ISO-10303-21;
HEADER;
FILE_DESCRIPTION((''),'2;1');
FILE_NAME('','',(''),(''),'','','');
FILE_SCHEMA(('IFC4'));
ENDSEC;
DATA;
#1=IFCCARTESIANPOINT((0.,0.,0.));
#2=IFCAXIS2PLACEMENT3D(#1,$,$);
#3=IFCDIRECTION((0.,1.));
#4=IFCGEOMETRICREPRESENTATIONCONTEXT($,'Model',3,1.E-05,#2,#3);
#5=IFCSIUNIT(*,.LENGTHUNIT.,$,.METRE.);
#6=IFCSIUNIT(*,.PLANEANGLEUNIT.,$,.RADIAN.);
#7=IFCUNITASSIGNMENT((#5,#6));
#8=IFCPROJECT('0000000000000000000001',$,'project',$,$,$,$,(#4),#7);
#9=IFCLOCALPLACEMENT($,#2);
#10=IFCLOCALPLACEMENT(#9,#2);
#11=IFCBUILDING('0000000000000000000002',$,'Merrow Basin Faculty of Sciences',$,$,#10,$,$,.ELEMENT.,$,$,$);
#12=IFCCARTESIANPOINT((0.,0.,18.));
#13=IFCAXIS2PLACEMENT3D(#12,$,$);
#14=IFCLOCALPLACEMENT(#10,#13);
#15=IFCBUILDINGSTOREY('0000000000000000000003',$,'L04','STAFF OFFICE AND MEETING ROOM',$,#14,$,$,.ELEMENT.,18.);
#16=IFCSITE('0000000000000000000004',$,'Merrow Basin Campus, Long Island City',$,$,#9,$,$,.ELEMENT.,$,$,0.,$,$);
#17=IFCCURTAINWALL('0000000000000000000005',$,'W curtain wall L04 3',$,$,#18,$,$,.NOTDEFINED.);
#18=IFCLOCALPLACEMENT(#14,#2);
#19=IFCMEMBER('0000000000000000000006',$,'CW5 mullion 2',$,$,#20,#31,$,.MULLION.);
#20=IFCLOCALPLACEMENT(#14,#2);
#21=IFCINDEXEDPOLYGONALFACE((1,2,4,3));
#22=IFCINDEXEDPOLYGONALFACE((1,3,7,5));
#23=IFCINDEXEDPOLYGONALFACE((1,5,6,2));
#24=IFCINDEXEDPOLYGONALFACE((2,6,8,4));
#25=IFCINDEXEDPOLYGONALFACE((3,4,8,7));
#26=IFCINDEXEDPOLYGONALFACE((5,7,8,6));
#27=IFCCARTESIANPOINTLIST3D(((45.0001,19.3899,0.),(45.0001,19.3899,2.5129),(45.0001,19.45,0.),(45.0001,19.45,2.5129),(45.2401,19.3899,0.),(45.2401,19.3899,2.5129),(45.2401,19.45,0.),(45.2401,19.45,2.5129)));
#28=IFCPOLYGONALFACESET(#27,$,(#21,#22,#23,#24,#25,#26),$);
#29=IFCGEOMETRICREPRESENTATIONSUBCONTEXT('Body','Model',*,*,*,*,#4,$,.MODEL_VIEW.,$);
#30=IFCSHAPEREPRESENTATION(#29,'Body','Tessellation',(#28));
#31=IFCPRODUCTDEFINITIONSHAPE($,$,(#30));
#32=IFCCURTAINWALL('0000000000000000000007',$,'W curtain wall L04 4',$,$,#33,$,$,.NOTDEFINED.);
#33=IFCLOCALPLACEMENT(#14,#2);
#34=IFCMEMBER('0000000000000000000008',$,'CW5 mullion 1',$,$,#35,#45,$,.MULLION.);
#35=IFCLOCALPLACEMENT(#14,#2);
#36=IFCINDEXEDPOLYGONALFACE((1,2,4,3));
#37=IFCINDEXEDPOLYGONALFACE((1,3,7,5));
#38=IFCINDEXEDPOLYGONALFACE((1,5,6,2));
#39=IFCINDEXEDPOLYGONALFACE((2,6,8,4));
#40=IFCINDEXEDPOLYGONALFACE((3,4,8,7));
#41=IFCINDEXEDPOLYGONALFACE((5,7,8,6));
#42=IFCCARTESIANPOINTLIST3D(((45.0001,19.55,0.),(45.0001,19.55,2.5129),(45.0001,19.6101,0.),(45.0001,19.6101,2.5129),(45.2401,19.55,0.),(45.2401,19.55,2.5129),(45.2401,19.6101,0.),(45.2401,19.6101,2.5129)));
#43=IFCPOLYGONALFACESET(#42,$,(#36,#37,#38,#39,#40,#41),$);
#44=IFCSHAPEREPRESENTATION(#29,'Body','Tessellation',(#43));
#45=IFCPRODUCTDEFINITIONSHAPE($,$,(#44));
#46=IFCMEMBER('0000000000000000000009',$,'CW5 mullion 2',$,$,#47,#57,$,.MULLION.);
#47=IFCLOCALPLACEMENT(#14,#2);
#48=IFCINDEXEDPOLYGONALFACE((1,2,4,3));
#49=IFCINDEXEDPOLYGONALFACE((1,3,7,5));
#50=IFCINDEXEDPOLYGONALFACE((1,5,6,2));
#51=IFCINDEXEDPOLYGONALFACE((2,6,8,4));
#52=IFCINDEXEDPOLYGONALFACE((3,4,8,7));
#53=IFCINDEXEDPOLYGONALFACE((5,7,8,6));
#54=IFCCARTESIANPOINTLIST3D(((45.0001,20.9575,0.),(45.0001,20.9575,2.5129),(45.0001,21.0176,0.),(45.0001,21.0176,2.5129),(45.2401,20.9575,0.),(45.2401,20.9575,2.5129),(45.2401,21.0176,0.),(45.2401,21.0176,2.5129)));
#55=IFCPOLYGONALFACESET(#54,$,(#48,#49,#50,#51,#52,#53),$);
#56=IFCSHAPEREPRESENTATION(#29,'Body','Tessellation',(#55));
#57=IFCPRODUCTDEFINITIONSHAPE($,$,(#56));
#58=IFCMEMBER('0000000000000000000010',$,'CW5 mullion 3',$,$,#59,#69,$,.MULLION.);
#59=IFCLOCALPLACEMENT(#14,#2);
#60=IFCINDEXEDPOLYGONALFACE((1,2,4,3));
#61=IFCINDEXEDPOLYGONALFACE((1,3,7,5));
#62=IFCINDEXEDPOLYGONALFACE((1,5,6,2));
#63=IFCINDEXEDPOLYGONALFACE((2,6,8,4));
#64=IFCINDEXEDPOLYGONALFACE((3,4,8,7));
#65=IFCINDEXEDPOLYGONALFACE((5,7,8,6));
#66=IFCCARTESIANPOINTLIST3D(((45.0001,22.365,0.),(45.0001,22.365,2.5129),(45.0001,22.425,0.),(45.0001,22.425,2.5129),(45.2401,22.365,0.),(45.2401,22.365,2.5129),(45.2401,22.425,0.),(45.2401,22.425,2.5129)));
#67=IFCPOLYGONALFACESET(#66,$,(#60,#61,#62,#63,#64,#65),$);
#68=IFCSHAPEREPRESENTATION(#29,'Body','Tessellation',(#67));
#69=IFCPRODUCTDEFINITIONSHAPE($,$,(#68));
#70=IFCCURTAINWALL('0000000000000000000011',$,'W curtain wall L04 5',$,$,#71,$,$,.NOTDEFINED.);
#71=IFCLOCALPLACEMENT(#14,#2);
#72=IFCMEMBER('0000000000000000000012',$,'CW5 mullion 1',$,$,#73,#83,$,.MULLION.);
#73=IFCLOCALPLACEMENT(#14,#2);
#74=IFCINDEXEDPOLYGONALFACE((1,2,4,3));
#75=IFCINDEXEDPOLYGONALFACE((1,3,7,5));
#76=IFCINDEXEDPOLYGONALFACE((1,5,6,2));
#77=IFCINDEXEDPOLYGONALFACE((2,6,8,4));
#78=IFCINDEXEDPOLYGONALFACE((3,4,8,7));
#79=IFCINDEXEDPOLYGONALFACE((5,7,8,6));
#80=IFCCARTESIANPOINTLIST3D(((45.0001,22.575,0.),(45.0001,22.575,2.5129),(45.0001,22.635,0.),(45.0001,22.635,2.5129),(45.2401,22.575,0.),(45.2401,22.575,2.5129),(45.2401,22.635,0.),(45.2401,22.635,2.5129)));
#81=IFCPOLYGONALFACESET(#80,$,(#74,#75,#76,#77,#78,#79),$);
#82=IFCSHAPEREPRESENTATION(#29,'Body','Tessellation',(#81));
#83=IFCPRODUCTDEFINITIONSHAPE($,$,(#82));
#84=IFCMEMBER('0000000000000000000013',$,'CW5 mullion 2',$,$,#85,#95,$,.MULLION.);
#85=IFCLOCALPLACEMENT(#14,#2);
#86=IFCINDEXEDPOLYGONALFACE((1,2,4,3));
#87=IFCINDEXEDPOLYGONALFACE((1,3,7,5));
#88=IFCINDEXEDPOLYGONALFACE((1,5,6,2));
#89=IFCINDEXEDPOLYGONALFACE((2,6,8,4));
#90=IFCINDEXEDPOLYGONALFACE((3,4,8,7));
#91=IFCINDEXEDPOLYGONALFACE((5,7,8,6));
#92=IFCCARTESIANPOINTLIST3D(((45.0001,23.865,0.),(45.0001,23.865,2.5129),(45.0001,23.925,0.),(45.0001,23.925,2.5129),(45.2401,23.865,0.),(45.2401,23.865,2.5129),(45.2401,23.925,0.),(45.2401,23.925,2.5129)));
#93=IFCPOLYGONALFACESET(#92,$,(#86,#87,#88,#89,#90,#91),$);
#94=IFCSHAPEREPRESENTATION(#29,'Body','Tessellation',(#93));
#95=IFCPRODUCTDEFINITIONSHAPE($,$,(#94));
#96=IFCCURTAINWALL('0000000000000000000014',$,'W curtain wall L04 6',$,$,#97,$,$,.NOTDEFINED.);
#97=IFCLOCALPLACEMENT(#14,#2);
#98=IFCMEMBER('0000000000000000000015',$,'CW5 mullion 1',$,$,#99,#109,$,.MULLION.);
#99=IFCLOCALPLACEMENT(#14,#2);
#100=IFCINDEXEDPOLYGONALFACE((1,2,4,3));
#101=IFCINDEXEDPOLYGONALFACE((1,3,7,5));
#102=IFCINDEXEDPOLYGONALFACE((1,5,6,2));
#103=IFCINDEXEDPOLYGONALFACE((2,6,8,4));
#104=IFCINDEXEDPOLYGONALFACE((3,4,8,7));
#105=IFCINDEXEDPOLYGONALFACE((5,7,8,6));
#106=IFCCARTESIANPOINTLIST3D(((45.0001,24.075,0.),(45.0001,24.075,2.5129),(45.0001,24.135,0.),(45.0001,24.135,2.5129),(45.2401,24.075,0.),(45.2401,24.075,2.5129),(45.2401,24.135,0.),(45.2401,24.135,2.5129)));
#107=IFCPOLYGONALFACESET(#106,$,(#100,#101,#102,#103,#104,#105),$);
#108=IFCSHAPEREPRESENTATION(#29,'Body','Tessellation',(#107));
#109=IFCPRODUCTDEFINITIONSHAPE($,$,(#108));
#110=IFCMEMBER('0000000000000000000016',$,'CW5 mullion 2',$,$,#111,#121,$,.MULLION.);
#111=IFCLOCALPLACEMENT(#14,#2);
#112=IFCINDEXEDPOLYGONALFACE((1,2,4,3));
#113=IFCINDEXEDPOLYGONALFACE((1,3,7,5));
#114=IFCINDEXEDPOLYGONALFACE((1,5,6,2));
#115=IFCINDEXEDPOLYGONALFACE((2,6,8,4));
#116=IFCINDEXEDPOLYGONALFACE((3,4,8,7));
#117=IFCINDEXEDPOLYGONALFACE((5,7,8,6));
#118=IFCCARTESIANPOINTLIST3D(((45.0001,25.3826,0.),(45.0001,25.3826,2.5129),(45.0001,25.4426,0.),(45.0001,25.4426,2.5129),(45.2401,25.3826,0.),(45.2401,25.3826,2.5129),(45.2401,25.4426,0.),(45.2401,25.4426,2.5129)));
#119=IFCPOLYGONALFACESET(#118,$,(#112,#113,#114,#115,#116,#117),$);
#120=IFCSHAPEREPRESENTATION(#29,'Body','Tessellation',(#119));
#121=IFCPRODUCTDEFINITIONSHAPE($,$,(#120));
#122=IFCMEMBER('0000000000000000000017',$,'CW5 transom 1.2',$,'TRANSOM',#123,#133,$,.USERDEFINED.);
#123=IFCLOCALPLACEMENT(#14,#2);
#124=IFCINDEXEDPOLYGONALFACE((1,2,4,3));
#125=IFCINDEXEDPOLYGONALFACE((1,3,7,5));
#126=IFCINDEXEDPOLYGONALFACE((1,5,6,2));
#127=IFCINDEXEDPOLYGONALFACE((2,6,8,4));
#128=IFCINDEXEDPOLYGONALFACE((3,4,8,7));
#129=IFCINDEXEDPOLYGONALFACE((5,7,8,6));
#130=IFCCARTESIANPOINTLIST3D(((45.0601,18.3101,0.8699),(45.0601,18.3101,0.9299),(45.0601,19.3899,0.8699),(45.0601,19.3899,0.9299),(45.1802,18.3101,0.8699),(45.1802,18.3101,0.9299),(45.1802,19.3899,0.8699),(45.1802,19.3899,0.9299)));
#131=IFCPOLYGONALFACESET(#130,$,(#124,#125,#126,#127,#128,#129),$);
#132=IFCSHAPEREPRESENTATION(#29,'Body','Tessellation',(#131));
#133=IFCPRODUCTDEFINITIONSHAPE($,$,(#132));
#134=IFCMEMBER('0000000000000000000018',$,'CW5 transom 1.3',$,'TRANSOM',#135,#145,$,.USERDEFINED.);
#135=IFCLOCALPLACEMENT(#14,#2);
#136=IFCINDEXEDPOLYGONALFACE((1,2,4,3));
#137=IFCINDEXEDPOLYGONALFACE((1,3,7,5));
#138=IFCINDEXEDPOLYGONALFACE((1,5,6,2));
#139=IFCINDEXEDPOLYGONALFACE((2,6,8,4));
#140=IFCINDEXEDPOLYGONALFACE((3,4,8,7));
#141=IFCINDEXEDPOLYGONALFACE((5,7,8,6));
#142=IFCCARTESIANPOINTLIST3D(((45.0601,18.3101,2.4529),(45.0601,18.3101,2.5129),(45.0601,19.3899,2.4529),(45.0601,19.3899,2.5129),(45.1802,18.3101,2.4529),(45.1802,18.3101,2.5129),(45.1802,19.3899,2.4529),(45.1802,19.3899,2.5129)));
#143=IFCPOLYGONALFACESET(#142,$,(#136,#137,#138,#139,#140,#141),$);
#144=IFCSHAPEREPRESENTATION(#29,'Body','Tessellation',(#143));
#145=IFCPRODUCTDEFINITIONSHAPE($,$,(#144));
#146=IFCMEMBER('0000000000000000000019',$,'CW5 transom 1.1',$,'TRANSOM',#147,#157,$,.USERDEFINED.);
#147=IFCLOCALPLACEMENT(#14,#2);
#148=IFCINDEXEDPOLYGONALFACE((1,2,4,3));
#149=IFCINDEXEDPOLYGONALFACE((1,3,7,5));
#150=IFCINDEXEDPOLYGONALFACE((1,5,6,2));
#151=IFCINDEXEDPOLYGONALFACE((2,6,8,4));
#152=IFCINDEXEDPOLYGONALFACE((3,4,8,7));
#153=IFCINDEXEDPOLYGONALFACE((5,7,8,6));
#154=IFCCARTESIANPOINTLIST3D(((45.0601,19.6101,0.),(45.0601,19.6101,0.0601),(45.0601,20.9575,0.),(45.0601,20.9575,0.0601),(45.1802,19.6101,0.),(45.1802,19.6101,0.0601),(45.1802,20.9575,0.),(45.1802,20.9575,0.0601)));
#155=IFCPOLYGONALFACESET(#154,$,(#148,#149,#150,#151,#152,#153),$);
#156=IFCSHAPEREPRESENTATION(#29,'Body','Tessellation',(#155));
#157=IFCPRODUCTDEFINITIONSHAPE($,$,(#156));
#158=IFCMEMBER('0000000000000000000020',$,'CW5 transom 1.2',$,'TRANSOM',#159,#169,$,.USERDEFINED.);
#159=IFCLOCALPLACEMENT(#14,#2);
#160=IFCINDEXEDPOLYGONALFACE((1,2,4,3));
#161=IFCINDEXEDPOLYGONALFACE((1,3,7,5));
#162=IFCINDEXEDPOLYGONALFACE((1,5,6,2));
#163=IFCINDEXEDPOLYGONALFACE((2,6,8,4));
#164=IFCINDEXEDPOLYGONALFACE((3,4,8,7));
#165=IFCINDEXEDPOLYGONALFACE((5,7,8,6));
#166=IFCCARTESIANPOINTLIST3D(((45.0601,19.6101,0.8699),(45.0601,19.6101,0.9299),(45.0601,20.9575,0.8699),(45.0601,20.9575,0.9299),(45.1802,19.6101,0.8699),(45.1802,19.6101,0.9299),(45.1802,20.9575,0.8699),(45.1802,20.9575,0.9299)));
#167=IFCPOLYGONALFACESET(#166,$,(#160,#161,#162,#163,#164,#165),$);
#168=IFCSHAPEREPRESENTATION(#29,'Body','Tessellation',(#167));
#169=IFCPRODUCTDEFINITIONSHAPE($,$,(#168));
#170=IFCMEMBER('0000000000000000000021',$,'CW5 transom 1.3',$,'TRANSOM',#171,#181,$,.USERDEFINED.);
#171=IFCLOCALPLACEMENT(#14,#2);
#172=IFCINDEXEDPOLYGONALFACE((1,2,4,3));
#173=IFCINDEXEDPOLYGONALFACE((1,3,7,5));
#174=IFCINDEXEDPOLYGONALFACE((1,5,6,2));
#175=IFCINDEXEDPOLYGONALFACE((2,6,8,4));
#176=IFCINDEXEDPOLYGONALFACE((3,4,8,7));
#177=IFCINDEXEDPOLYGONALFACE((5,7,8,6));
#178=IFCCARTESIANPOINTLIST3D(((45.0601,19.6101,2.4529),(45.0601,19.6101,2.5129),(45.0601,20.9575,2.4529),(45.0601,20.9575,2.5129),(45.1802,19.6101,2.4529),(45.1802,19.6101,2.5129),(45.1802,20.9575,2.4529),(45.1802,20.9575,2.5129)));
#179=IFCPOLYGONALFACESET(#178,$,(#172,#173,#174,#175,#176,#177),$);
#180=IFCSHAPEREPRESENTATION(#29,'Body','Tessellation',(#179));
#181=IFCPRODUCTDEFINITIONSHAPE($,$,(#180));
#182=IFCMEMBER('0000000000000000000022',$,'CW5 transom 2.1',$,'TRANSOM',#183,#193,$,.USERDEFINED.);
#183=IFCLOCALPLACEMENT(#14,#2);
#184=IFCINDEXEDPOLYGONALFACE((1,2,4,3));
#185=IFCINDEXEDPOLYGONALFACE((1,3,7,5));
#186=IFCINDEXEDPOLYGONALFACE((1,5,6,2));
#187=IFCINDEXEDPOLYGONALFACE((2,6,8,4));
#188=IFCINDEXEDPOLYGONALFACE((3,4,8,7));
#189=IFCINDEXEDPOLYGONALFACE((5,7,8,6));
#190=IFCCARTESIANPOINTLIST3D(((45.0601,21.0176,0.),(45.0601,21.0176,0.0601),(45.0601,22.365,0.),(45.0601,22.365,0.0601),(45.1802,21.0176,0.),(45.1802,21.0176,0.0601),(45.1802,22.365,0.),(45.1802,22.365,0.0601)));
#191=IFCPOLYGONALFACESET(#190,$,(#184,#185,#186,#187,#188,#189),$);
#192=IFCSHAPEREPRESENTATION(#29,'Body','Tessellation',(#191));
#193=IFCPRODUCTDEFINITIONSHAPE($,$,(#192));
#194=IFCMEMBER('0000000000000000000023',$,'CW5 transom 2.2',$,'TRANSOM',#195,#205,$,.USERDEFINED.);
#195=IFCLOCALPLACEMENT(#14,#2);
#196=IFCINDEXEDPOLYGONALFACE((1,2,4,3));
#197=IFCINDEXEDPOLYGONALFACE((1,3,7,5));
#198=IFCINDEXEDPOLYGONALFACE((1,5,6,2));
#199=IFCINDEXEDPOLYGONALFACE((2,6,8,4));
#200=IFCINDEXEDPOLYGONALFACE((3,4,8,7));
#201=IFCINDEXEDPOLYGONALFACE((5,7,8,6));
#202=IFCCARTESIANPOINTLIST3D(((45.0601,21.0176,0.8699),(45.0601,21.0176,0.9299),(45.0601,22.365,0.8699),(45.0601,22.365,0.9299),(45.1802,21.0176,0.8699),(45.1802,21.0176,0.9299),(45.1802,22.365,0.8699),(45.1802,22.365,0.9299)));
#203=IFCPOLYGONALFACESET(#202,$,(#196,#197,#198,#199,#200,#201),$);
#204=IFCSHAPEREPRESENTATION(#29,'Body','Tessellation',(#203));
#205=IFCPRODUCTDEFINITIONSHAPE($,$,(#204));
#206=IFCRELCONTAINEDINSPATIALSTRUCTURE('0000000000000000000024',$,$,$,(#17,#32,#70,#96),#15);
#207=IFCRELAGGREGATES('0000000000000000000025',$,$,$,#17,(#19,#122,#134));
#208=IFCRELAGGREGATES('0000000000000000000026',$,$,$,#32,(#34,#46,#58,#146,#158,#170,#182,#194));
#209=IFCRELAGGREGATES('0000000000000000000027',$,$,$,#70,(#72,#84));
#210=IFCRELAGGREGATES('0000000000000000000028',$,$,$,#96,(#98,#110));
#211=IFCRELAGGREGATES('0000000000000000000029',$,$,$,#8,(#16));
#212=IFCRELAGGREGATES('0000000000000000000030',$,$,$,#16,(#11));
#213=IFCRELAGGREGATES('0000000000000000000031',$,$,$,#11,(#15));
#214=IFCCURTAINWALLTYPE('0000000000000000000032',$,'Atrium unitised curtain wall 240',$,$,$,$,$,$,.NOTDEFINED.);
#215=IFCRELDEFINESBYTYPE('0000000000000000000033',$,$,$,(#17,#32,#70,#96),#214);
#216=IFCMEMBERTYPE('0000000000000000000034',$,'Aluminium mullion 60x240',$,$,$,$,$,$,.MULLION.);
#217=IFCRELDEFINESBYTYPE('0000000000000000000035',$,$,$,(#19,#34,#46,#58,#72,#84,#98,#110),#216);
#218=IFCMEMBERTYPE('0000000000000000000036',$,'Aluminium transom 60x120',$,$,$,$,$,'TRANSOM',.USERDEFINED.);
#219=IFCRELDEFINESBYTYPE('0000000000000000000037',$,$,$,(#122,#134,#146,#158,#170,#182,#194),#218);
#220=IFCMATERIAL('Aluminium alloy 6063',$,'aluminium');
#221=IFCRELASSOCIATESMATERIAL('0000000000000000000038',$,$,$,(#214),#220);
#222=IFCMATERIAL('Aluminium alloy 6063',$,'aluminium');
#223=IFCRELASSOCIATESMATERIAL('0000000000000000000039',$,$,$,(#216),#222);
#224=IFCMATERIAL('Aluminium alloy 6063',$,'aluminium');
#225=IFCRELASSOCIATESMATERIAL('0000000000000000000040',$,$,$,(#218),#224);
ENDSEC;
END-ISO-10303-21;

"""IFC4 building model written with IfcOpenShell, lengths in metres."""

from ifc_helpers import new_model, si_unit, direction, frame, origin, origin_2d, place, context, subcontext, project, spatial, rectangle, extrude, material, material_profile, profile_set, type_object, element, aggregate, save


model = new_model("IFC4")

# Units and contexts
model_context = context("Model", 3, precision=1e-05, world=origin(), true_north=direction((0.0, 1.0)))
body_context = subcontext(model_context, "Body", "Model", "MODEL_VIEW")
ifc_project = project(units=[si_unit("LENGTHUNIT", "METRE"), si_unit("PLANEANGLEUNIT", "RADIAN")], contexts=[model_context])

# Site, building, storey
site_placement = place(None, origin())
site = spatial("IfcSite", under=ifc_project, at=site_placement, Name="Merrow Basin Campus, Long Island City", CompositionType="ELEMENT", RefElevation=0.0)
building_placement = place(site_placement, origin())
building = spatial("IfcBuilding", under=site, at=building_placement, Name="Merrow Basin Faculty of Sciences", CompositionType="ELEMENT")
storey_placement = place(building_placement, frame((0.0, 0.0, 18.0)))
storey = spatial("IfcBuildingStorey", under=building, at=storey_placement, Name="L04", Description="STAFF OFFICE AND MEETING ROOM", CompositionType="ELEMENT", Elevation=18.0)

# Curtain wall, member
ifc_material_1 = material(Name="Aluminium alloy 6063", Category="aluminium")
curtain_wall_type = type_object("IfcCurtainWallType", Name="Atrium unitised curtain wall 240", PredefinedType="NOTDEFINED", material=ifc_material_1)
curtain_wall_1_placement = place(storey_placement, origin())
curtain_wall_1 = element("IfcCurtainWall", 1, at=curtain_wall_1_placement, inside=storey, type_object=curtain_wall_type, Name="W curtain wall L04 3", PredefinedType="NOTDEFINED")
ifc_material_2 = material(Name="Aluminium alloy 6063", Category="aluminium")
ifc_material_profile_1 = material_profile(ifc_material_2, rectangle(XDim=0.24, YDim=0.0601, at=origin_2d()))
ifc_profile_set_1 = profile_set([ifc_material_profile_1], Name="Aluminium alloy 6063")
member_type_1 = type_object("IfcMemberType", Name="Aluminium mullion 60x240", PredefinedType="MULLION", material=ifc_profile_set_1)
member_1_placement = place(storey_placement, frame((45.1201, 19.4199, 0.0), z_axis=(0.0, 0.0, 1.0), x_axis=(-1.0, 0.0, 0.0)))
member_1 = element("IfcMember", 2, at=member_1_placement, type_object=member_type_1, Name="CW5 mullion 2", PredefinedType="MULLION", context=body_context, shape_type="SweptSolid", body=[
    extrude(rectangle(XDim=0.24, YDim=0.0601, at=origin_2d()), origin(), (0.0, 0.0, 1.0), 2.5129),
])

# Curtain walls, members
curtain_wall_2_placement = place(storey_placement, origin())
curtain_wall_2 = element("IfcCurtainWall", 3, at=curtain_wall_2_placement, inside=storey, type_object=curtain_wall_type, Name="W curtain wall L04 4", PredefinedType="NOTDEFINED")
member_2_placement = place(storey_placement, frame((45.1201, 19.5801, 0.0), z_axis=(0.0, 0.0, 1.0), x_axis=(-1.0, 0.0, 0.0)))
member_2 = element("IfcMember", 4, at=member_2_placement, type_object=member_type_1, Name="CW5 mullion 1", PredefinedType="MULLION", context=body_context, shape_type="SweptSolid", body=[
    extrude(rectangle(XDim=0.24, YDim=0.0601, at=origin_2d()), origin(), (0.0, 0.0, 1.0), 2.5129),
])
member_3_placement = place(storey_placement, frame((45.1201, 20.9875, 0.0), z_axis=(0.0, 0.0, 1.0), x_axis=(-1.0, 0.0, 0.0)))
member_3 = element("IfcMember", 5, at=member_3_placement, type_object=member_type_1, Name="CW5 mullion 2", PredefinedType="MULLION", context=body_context, shape_type="SweptSolid", body=[
    extrude(rectangle(XDim=0.24, YDim=0.0601, at=origin_2d()), origin(), (0.0, 0.0, 1.0), 2.5129),
])
member_4_placement = place(storey_placement, frame((45.1201, 22.395, 0.0), z_axis=(0.0, 0.0, 1.0), x_axis=(-1.0, 0.0, 0.0)))
member_4 = element("IfcMember", 6, at=member_4_placement, type_object=member_type_1, Name="CW5 mullion 3", PredefinedType="MULLION", context=body_context, shape_type="SweptSolid", body=[
    extrude(rectangle(XDim=0.24, YDim=0.0601, at=origin_2d()), origin(), (0.0, 0.0, 1.0), 2.5129),
])
curtain_wall_3_placement = place(storey_placement, origin())
curtain_wall_3 = element("IfcCurtainWall", 7, at=curtain_wall_3_placement, inside=storey, type_object=curtain_wall_type, Name="W curtain wall L04 5", PredefinedType="NOTDEFINED")
member_5_placement = place(storey_placement, frame((45.1201, 22.605, 0.0), z_axis=(0.0, 0.0, 1.0), x_axis=(-1.0, 0.0, 0.0)))
member_5 = element("IfcMember", 8, at=member_5_placement, type_object=member_type_1, Name="CW5 mullion 1", PredefinedType="MULLION", context=body_context, shape_type="SweptSolid", body=[
    extrude(rectangle(XDim=0.24, YDim=0.0601, at=origin_2d()), origin(), (0.0, 0.0, 1.0), 2.5129),
])
member_6_placement = place(storey_placement, frame((45.1201, 23.895, 0.0), z_axis=(0.0, 0.0, 1.0), x_axis=(-1.0, 0.0, 0.0)))
member_6 = element("IfcMember", 9, at=member_6_placement, type_object=member_type_1, Name="CW5 mullion 2", PredefinedType="MULLION", context=body_context, shape_type="SweptSolid", body=[
    extrude(rectangle(XDim=0.24, YDim=0.0601, at=origin_2d()), origin(), (0.0, 0.0, 1.0), 2.5129),
])
curtain_wall_4_placement = place(storey_placement, origin())
curtain_wall_4 = element("IfcCurtainWall", 10, at=curtain_wall_4_placement, inside=storey, type_object=curtain_wall_type, Name="W curtain wall L04 6", PredefinedType="NOTDEFINED")
member_7_placement = place(storey_placement, frame((45.1201, 24.105, 0.0), z_axis=(0.0, 0.0, 1.0), x_axis=(-1.0, 0.0, 0.0)))
member_7 = element("IfcMember", 11, at=member_7_placement, type_object=member_type_1, Name="CW5 mullion 1", PredefinedType="MULLION", context=body_context, shape_type="SweptSolid", body=[
    extrude(rectangle(XDim=0.24, YDim=0.0601, at=origin_2d()), origin(), (0.0, 0.0, 1.0), 2.5129),
])
member_8_placement = place(storey_placement, frame((45.1201, 25.4126, 0.0), z_axis=(0.0, 0.0, 1.0), x_axis=(-1.0, 0.0, 0.0)))
member_8 = element("IfcMember", 12, at=member_8_placement, type_object=member_type_1, Name="CW5 mullion 2", PredefinedType="MULLION", context=body_context, shape_type="SweptSolid", body=[
    extrude(rectangle(XDim=0.24, YDim=0.0601, at=origin_2d()), origin(), (0.0, 0.0, 1.0), 2.5129),
])

# Members
ifc_material_3 = material(Name="Aluminium alloy 6063", Category="aluminium")
ifc_material_profile_2 = material_profile(ifc_material_3, rectangle(XDim=0.1201, YDim=0.0601, at=origin_2d()))
ifc_profile_set_2 = profile_set([ifc_material_profile_2], Name="Aluminium alloy 6063")
member_type_2 = type_object("IfcMemberType", Name="Aluminium transom 60x120", ElementType="TRANSOM", PredefinedType="USERDEFINED", material=ifc_profile_set_2)
member_9_placement = place(storey_placement, frame((45.1201, 18.3101, 0.8999), z_axis=(0.0, 1.0, 0.0), x_axis=(-1.0, 0.0, 0.0)))
member_9 = element("IfcMember", 13, at=member_9_placement, type_object=member_type_2, Name="CW5 transom 1.2", ObjectType="TRANSOM", PredefinedType="USERDEFINED", context=body_context, shape_type="SweptSolid", body=[
    extrude(rectangle(XDim=0.1201, YDim=0.0601, at=origin_2d()), origin(), (0.0, 0.0, 1.0), 1.0798),
])
member_10_placement = place(storey_placement, frame((45.1201, 18.3101, 2.4829), z_axis=(0.0, 1.0, 0.0), x_axis=(-1.0, 0.0, 0.0)))
member_10 = element("IfcMember", 14, at=member_10_placement, type_object=member_type_2, Name="CW5 transom 1.3", ObjectType="TRANSOM", PredefinedType="USERDEFINED", context=body_context, shape_type="SweptSolid", body=[
    extrude(rectangle(XDim=0.1201, YDim=0.0601, at=origin_2d()), origin(), (0.0, 0.0, 1.0), 1.0798),
])
member_11_placement = place(storey_placement, frame((45.1201, 19.6101, 0.03), z_axis=(0.0, 1.0, 0.0), x_axis=(-1.0, 0.0, 0.0)))
member_11 = element("IfcMember", 15, at=member_11_placement, type_object=member_type_2, Name="CW5 transom 1.1", ObjectType="TRANSOM", PredefinedType="USERDEFINED", context=body_context, shape_type="SweptSolid", body=[
    extrude(rectangle(XDim=0.1201, YDim=0.0601, at=origin_2d()), origin(), (0.0, 0.0, 1.0), 1.3474),
])
member_12_placement = place(storey_placement, frame((45.1201, 19.6101, 0.8999), z_axis=(0.0, 1.0, 0.0), x_axis=(-1.0, 0.0, 0.0)))
member_12 = element("IfcMember", 16, at=member_12_placement, type_object=member_type_2, Name="CW5 transom 1.2", ObjectType="TRANSOM", PredefinedType="USERDEFINED", context=body_context, shape_type="SweptSolid", body=[
    extrude(rectangle(XDim=0.1201, YDim=0.0601, at=origin_2d()), origin(), (0.0, 0.0, 1.0), 1.3474),
])
member_13_placement = place(storey_placement, frame((45.1201, 19.6101, 2.4829), z_axis=(0.0, 1.0, 0.0), x_axis=(-1.0, 0.0, 0.0)))
member_13 = element("IfcMember", 17, at=member_13_placement, type_object=member_type_2, Name="CW5 transom 1.3", ObjectType="TRANSOM", PredefinedType="USERDEFINED", context=body_context, shape_type="SweptSolid", body=[
    extrude(rectangle(XDim=0.1201, YDim=0.0601, at=origin_2d()), origin(), (0.0, 0.0, 1.0), 1.3474),
])
member_14_placement = place(storey_placement, frame((45.1201, 21.0176, 0.03), z_axis=(0.0, 1.0, 0.0), x_axis=(-1.0, 0.0, 0.0)))
member_14 = element("IfcMember", 18, at=member_14_placement, type_object=member_type_2, Name="CW5 transom 2.1", ObjectType="TRANSOM", PredefinedType="USERDEFINED", context=body_context, shape_type="SweptSolid", body=[
    extrude(rectangle(XDim=0.1201, YDim=0.0601, at=origin_2d()), origin(), (0.0, 0.0, 1.0), 1.3474),
])
member_15_placement = place(storey_placement, frame((45.1201, 21.0176, 0.8999), z_axis=(0.0, 1.0, 0.0), x_axis=(-1.0, 0.0, 0.0)))
member_15 = element("IfcMember", 19, at=member_15_placement, type_object=member_type_2, Name="CW5 transom 2.2", ObjectType="TRANSOM", PredefinedType="USERDEFINED", context=body_context, shape_type="SweptSolid", body=[
    extrude(rectangle(XDim=0.1201, YDim=0.0601, at=origin_2d()), origin(), (0.0, 0.0, 1.0), 1.3474),
])

aggregate(curtain_wall_1, [member_1, member_9, member_10])
aggregate(curtain_wall_2, [member_2, member_3, member_4, member_11, member_12, member_13, member_14, member_15])
aggregate(curtain_wall_3, [member_5, member_6])
aggregate(curtain_wall_4, [member_7, member_8])

save(model, "model.ifc")
